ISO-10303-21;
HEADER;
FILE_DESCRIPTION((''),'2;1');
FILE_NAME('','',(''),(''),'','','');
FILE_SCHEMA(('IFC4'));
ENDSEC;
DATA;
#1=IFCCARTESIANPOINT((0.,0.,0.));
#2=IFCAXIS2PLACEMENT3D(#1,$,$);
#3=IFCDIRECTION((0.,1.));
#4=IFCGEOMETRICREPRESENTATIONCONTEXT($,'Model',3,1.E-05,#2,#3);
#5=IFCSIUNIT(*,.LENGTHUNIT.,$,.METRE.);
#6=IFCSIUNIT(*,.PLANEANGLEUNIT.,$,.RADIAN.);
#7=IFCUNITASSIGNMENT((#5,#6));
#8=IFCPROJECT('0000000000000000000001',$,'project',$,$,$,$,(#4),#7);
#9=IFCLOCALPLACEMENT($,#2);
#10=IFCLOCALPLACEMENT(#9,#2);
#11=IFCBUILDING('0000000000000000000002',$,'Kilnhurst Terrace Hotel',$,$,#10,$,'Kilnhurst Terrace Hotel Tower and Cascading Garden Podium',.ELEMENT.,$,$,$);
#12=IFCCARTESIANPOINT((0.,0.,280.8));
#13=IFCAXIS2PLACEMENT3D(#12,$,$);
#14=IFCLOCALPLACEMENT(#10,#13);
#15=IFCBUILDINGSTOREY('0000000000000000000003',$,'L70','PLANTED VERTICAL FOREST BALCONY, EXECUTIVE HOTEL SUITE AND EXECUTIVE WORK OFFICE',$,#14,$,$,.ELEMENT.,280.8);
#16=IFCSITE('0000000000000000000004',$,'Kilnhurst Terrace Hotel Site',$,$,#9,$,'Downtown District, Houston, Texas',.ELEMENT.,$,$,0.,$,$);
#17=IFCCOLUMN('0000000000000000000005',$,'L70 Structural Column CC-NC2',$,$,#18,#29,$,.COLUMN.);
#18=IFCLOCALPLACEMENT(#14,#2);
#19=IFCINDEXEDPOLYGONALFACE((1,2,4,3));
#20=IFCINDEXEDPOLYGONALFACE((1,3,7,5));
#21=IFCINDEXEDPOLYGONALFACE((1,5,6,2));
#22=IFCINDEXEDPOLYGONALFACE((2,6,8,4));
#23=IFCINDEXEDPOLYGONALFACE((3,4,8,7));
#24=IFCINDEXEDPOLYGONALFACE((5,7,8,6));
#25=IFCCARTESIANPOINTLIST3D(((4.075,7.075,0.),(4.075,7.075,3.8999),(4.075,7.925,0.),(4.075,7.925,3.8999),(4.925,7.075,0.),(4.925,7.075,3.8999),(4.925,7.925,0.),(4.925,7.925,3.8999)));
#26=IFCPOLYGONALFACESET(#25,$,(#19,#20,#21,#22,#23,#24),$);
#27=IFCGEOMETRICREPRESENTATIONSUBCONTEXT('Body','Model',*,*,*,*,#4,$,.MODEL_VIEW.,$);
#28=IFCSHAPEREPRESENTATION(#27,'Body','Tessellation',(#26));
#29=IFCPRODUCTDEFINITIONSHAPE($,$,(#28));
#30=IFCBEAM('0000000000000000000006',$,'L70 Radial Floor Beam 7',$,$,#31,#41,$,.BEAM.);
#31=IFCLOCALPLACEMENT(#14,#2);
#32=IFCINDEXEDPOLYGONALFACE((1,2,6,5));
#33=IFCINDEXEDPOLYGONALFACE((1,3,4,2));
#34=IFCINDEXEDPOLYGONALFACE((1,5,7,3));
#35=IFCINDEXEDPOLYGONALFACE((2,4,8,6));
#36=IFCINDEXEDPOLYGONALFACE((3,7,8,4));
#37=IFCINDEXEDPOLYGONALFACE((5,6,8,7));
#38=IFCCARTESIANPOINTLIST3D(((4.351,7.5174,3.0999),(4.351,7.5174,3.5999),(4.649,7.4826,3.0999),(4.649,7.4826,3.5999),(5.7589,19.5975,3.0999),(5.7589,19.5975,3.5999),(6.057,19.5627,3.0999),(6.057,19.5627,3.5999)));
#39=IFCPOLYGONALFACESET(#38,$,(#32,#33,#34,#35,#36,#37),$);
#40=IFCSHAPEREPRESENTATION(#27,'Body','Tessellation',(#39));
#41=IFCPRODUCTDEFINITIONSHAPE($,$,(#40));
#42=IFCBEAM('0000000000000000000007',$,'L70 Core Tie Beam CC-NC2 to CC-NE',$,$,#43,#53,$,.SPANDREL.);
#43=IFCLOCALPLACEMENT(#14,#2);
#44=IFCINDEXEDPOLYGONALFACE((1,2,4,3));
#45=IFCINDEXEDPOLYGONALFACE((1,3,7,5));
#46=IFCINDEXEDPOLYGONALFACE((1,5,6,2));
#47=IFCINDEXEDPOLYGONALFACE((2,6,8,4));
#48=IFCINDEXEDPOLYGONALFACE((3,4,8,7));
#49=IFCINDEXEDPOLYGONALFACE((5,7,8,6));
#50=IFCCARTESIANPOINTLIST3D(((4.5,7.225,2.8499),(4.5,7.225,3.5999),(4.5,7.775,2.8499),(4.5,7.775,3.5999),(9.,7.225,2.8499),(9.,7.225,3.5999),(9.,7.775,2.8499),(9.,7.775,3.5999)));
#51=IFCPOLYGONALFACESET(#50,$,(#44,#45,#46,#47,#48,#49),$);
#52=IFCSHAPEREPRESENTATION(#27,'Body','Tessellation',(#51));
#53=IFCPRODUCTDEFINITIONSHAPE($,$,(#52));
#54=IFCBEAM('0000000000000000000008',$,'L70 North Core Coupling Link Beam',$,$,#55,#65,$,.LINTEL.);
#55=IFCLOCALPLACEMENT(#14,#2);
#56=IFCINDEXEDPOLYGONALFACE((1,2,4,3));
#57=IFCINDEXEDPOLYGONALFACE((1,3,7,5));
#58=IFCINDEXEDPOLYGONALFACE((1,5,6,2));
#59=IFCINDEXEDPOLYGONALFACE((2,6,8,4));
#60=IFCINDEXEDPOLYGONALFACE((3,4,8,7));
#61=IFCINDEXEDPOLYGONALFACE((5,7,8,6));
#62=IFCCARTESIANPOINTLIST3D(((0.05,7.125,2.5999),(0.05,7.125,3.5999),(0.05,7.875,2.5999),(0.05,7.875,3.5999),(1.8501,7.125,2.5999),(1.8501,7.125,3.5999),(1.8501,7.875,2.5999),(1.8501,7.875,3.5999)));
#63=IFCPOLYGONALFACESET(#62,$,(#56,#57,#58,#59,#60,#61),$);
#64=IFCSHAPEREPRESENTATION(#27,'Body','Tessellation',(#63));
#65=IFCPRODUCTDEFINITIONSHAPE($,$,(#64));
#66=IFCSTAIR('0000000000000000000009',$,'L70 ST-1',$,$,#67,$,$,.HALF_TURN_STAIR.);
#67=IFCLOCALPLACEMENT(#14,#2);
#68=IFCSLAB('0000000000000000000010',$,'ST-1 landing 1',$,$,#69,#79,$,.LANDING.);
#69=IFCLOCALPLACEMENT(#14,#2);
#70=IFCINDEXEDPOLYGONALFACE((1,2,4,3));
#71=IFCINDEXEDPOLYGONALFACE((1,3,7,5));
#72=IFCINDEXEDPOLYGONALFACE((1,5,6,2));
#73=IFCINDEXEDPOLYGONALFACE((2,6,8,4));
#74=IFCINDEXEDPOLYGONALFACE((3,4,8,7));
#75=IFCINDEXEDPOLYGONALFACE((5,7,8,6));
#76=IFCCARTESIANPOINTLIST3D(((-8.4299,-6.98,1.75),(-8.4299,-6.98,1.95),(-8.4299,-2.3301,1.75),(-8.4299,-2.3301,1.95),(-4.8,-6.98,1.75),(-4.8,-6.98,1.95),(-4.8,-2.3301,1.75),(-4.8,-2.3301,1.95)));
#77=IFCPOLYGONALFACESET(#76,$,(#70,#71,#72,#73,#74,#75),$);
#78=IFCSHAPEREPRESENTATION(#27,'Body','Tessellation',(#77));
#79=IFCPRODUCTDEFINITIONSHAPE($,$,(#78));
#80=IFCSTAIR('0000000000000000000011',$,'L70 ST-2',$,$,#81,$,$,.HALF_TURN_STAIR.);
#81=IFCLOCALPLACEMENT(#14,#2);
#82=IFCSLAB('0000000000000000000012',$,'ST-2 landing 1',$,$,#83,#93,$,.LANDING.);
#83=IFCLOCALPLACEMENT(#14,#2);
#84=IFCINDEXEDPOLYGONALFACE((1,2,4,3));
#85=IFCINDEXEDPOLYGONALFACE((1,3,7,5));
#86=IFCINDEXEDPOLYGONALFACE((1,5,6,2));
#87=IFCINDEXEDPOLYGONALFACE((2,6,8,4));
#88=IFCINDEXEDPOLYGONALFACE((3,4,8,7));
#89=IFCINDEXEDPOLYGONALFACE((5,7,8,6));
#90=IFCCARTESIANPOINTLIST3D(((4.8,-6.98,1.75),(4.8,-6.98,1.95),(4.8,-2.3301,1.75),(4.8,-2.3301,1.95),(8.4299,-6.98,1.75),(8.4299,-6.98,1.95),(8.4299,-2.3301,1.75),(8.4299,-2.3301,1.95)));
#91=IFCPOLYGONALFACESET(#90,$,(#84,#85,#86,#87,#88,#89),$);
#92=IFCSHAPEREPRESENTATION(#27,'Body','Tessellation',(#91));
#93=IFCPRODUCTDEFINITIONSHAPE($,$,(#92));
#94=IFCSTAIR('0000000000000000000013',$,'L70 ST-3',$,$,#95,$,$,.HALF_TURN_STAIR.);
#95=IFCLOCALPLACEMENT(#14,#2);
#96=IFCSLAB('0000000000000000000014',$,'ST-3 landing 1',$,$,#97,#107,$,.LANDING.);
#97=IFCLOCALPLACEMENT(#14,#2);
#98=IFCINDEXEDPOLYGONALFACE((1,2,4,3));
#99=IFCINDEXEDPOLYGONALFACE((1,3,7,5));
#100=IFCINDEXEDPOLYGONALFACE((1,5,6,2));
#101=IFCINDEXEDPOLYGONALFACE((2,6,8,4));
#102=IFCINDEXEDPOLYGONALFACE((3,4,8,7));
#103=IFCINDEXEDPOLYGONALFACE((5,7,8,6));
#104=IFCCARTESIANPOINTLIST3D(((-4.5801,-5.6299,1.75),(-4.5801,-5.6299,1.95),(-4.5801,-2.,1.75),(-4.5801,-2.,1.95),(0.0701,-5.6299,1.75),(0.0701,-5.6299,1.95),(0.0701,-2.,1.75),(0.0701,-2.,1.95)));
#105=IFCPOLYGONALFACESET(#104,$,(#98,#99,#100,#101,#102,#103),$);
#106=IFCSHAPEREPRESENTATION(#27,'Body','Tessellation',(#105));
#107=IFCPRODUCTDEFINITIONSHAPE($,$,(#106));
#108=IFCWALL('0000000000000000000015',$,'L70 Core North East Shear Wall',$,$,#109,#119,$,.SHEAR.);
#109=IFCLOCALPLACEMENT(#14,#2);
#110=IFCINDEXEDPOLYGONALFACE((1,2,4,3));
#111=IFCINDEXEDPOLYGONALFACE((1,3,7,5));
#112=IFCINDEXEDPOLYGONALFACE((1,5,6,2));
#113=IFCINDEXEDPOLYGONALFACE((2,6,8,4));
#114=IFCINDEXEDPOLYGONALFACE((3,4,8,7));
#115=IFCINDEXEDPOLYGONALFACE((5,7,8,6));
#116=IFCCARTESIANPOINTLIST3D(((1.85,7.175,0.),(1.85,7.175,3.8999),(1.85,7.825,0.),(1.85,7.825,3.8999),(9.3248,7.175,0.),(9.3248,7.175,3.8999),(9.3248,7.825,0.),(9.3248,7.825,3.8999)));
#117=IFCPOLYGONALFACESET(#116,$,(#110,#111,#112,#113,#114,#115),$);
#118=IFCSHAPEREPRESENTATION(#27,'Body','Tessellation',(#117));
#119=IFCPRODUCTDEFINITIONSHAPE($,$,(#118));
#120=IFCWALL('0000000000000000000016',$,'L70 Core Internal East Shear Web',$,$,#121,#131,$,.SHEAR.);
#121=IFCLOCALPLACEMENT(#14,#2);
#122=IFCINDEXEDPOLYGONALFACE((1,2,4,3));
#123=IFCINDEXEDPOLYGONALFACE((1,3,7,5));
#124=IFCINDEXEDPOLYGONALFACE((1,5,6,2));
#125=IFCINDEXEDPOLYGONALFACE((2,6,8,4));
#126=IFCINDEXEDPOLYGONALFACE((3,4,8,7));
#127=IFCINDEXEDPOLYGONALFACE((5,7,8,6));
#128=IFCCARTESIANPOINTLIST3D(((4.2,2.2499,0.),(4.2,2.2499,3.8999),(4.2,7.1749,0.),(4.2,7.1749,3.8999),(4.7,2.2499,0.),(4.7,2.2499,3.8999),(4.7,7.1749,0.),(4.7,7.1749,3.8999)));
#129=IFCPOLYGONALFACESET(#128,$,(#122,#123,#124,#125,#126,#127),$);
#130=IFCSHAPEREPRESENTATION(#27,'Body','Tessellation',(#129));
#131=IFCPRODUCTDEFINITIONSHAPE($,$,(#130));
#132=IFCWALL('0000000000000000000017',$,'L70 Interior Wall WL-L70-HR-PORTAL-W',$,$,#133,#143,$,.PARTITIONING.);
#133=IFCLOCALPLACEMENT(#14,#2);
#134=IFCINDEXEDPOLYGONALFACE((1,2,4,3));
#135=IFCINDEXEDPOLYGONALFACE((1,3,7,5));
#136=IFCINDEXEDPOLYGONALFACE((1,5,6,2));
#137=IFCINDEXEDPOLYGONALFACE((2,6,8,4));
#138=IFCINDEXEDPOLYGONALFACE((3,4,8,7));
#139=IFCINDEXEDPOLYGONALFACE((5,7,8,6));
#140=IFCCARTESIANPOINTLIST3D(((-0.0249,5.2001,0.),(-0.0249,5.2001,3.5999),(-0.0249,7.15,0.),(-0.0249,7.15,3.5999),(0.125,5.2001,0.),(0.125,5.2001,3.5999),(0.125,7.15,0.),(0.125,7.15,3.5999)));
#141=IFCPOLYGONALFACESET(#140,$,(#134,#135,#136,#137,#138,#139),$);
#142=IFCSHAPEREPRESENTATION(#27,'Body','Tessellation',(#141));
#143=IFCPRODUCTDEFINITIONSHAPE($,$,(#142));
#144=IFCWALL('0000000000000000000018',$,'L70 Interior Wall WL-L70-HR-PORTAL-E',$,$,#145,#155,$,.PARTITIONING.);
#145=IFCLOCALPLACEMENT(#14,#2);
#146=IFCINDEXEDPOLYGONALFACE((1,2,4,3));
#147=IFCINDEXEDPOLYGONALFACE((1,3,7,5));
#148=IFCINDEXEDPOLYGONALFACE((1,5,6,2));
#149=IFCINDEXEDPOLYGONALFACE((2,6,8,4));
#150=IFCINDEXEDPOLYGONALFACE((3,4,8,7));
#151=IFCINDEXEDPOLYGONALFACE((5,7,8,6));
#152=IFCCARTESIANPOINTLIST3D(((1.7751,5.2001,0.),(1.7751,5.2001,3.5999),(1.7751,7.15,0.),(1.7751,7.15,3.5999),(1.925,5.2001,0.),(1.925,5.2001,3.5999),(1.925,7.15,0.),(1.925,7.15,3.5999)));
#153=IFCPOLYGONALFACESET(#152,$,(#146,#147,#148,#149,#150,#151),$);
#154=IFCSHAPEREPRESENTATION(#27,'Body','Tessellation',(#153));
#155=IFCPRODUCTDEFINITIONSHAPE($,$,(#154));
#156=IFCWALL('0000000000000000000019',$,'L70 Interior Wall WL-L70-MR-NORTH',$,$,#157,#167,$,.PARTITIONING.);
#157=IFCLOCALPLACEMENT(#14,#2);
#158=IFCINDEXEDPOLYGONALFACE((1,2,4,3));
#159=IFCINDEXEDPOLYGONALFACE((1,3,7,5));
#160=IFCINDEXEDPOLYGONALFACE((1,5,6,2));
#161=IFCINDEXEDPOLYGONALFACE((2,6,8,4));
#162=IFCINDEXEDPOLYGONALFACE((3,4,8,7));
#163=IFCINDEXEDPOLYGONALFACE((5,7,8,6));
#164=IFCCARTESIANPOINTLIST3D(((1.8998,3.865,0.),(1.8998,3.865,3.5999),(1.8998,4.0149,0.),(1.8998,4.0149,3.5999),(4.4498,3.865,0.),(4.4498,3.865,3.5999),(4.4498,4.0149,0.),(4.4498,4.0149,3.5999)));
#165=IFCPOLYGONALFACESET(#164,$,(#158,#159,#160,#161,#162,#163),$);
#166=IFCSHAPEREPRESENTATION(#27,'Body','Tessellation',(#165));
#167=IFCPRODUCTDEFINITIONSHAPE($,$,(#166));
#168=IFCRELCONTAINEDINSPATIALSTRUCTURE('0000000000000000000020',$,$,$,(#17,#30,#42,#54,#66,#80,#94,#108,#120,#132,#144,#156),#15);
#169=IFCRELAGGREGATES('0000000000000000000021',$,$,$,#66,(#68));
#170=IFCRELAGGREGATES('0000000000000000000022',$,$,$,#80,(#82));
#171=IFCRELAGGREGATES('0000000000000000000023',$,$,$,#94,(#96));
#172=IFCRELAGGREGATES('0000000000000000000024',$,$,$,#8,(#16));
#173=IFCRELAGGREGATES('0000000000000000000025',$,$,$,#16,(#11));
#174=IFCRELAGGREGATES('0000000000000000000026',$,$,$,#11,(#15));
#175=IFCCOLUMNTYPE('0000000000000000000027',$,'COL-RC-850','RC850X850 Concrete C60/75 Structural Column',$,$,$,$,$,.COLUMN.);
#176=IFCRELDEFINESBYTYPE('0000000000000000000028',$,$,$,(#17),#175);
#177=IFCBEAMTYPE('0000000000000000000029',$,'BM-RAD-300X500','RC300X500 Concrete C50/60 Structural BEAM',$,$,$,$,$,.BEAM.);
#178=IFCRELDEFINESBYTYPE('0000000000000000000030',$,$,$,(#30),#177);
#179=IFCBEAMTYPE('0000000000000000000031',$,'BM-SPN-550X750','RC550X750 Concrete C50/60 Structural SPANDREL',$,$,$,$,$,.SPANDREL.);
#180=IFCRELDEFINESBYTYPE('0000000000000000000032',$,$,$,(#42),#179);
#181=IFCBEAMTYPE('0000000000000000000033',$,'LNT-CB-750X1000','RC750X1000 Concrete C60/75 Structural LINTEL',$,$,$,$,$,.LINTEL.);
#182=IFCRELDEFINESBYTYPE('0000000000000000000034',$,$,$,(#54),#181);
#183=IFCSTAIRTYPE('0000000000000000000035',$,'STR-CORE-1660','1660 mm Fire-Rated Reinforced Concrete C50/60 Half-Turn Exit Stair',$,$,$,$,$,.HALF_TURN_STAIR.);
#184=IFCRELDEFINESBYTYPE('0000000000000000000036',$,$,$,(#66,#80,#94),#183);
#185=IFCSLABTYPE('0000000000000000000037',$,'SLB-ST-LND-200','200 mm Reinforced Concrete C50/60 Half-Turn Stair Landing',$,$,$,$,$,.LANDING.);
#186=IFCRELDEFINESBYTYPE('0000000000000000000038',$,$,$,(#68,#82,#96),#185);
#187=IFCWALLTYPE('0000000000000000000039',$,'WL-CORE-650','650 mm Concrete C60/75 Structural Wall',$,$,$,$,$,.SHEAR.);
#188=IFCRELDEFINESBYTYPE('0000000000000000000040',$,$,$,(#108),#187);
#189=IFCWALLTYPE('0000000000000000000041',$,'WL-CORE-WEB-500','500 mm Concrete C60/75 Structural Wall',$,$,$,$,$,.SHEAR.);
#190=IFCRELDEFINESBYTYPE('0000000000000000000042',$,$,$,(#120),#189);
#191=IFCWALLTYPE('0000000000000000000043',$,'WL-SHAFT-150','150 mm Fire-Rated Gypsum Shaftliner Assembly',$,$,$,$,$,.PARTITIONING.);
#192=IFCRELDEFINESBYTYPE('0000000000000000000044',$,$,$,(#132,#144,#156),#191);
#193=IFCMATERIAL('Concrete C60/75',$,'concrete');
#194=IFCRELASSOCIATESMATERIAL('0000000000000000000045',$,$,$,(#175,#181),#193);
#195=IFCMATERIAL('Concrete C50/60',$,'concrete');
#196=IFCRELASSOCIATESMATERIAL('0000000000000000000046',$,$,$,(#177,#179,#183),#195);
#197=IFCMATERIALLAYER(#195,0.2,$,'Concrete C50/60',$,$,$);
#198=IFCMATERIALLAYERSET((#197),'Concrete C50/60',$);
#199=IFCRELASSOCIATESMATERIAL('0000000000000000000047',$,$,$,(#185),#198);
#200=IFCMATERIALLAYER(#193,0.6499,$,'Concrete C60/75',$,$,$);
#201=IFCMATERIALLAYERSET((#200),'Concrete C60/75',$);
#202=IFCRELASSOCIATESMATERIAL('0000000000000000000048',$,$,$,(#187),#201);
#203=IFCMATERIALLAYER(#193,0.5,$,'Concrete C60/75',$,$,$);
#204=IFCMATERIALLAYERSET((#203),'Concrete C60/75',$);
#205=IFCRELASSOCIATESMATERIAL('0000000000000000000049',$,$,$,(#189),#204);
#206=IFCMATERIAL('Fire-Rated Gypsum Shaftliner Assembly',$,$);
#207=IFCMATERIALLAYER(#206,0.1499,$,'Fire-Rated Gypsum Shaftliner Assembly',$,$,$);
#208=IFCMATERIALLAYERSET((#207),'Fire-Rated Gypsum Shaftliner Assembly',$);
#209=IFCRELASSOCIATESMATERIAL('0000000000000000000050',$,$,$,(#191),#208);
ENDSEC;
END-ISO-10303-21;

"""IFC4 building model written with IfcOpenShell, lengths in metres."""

from ifc_helpers import new_model, si_unit, direction, frame, frame_2d, origin, origin_2d, place, context, subcontext, project, spatial, polyline, rectangle, outline, extrude, material, layer, layer_set, material_profile, profile_set, type_object, element, aggregate, save


model = new_model("IFC4")

# Units and contexts
model_context = context("Model", 3, precision=1e-05, world=origin(), true_north=direction((0.0, 1.0)))
body_context = subcontext(model_context, "Body", "Model", "MODEL_VIEW")
ifc_project = project(units=[si_unit("LENGTHUNIT", "METRE"), si_unit("PLANEANGLEUNIT", "RADIAN")], contexts=[model_context])

# Site, building, storey
site_placement = place(None, origin())
site = spatial("IfcSite", under=ifc_project, at=site_placement, Name="Kilnhurst Terrace Hotel Site", LongName="Downtown District, Houston, Texas", CompositionType="ELEMENT", RefElevation=0.0)
building_placement = place(site_placement, origin())
building = spatial("IfcBuilding", under=site, at=building_placement, Name="Kilnhurst Terrace Hotel", LongName="Kilnhurst Terrace Hotel Tower and Cascading Garden Podium", CompositionType="ELEMENT")
storey_placement = place(building_placement, frame((0.0, 0.0, 280.8)))
storey = spatial("IfcBuildingStorey", under=building, at=storey_placement, Name="L70", Description="PLANTED VERTICAL FOREST BALCONY, EXECUTIVE HOTEL SUITE AND EXECUTIVE WORK OFFICE", CompositionType="ELEMENT", Elevation=280.8)

# Column
ifc_material_1 = material(Name="Concrete C60/75", Category="concrete")
ifc_material_profile_1 = material_profile(ifc_material_1, rectangle(XDim=0.8501, YDim=0.8501, at=origin_2d()), Name="RC850X850")
ifc_profile_set_1 = profile_set([ifc_material_profile_1], Name="Concrete C60/75")
column_type = type_object("IfcColumnType", Name="COL-RC-850", Description="RC850X850 Concrete C60/75 Structural Column", PredefinedType="COLUMN", material=ifc_profile_set_1)
column_placement = place(storey_placement, frame((4.5, 7.5, 0.0), z_axis=(0.0, 0.0, 1.0), x_axis=(1.0, 0.0, 0.0)))
element("IfcColumn", 1, at=column_placement, inside=storey, type_object=column_type, Name="L70 Structural Column CC-NC2", PredefinedType="COLUMN", context=body_context, shape_type="SweptSolid", body=[
    extrude(rectangle(XDim=0.8501, YDim=0.8501, at=origin_2d()), origin(), (0.0, 0.0, 1.0), 3.8999),
])

# Beams
ifc_material_2 = material(Name="Concrete C50/60", Category="concrete")
ifc_material_profile_2 = material_profile(ifc_material_2, rectangle(XDim=0.3, YDim=0.5, at=origin_2d()), Name="RC300X500")
ifc_profile_set_2 = profile_set([ifc_material_profile_2], Name="Concrete C50/60")
beam_type_1 = type_object("IfcBeamType", Name="BM-RAD-300X500", Description="RC300X500 Concrete C50/60 Structural BEAM", PredefinedType="BEAM", material=ifc_profile_set_2)
beam_1_placement = place(storey_placement, frame((4.5, 7.5, 3.3499), z_axis=(0.115768, 0.993276, 0.0), x_axis=(-0.993276, 0.115768, 0.0)))
element("IfcBeam", 2, at=beam_1_placement, inside=storey, type_object=beam_type_1, Name="L70 Radial Floor Beam 7", PredefinedType="BEAM", context=body_context, shape_type="SweptSolid", body=[
    extrude(rectangle(XDim=0.3, YDim=0.5, at=origin_2d()), origin(), (0.0, 0.0, 1.0), 12.1619),
])
ifc_material_profile_3 = material_profile(ifc_material_2, rectangle(XDim=0.55, YDim=0.75, at=origin_2d()), Name="RC550X750")
ifc_profile_set_3 = profile_set([ifc_material_profile_3], Name="Concrete C50/60")
beam_type_2 = type_object("IfcBeamType", Name="BM-SPN-550X750", Description="RC550X750 Concrete C50/60 Structural SPANDREL", PredefinedType="SPANDREL", material=ifc_profile_set_3)
beam_2_placement = place(storey_placement, frame((4.5, 7.5, 3.2249), z_axis=(1.0, 0.0, 0.0), x_axis=(0.0, 1.0, 0.0)))
element("IfcBeam", 3, at=beam_2_placement, inside=storey, type_object=beam_type_2, Name="L70 Core Tie Beam CC-NC2 to CC-NE", PredefinedType="SPANDREL", context=body_context, shape_type="SweptSolid", body=[
    extrude(rectangle(XDim=0.55, YDim=0.75, at=origin_2d()), origin(), (0.0, 0.0, 1.0), 4.5),
])
ifc_material_profile_4 = material_profile(ifc_material_1, rectangle(XDim=0.75, YDim=1.0, at=origin_2d()), Name="RC750X1000")
ifc_profile_set_4 = profile_set([ifc_material_profile_4], Name="Concrete C60/75")
beam_type_3 = type_object("IfcBeamType", Name="LNT-CB-750X1000", Description="RC750X1000 Concrete C60/75 Structural LINTEL", PredefinedType="LINTEL", material=ifc_profile_set_4)
beam_3_placement = place(storey_placement, frame((0.05, 7.5, 3.0999), z_axis=(1.0, 0.0, 0.0), x_axis=(0.0, 1.0, 0.0)))
element("IfcBeam", 4, at=beam_3_placement, inside=storey, type_object=beam_type_3, Name="L70 North Core Coupling Link Beam", PredefinedType="LINTEL", context=body_context, shape_type="SweptSolid", body=[
    extrude(rectangle(XDim=0.75, YDim=1.0, at=origin_2d()), origin(), (0.0, 0.0, 1.0), 1.8),
])

# Stairs, slabs
stair_type = type_object("IfcStairType", Name="STR-CORE-1660", Description="1660 mm Fire-Rated Reinforced Concrete C50/60 Half-Turn Exit Stair", PredefinedType="HALF_TURN_STAIR", material=ifc_material_2)
stair_1_placement = place(storey_placement, origin())
stair_1 = element("IfcStair", 5, at=stair_1_placement, inside=storey, type_object=stair_type, Name="L70 ST-1", PredefinedType="HALF_TURN_STAIR")
ifc_layer_1 = layer(ifc_material_2, 0.2, Name="Concrete C50/60")
ifc_layer_set_1 = layer_set([ifc_layer_1], Name="Concrete C50/60")
slab_type = type_object("IfcSlabType", Name="SLB-ST-LND-200", Description="200 mm Reinforced Concrete C50/60 Half-Turn Stair Landing", PredefinedType="LANDING", material=ifc_layer_set_1)
slab_1_placement = place(storey_placement, frame((0.0, 0.0, 1.75)))
slab_1 = element("IfcSlab", 6, at=slab_1_placement, type_object=slab_type, Name="ST-1 landing 1", PredefinedType="LANDING", context=body_context, shape_type="SweptSolid", body=[
    extrude(outline(polyline([(-8.4299, -2.3301), (-4.8, -2.3301), (-4.8, -6.98), (-8.4299, -6.98), (-8.4299, -2.3301)])), origin(), (0.0, 0.0, 1.0), 0.2),
])
aggregate(stair_1, [slab_1])
stair_2_placement = place(storey_placement, origin())
stair_2 = element("IfcStair", 7, at=stair_2_placement, inside=storey, type_object=stair_type, Name="L70 ST-2", PredefinedType="HALF_TURN_STAIR")
slab_2_placement = place(storey_placement, frame((0.0, 0.0, 1.75)))
slab_2 = element("IfcSlab", 8, at=slab_2_placement, type_object=slab_type, Name="ST-2 landing 1", PredefinedType="LANDING", context=body_context, shape_type="SweptSolid", body=[
    extrude(outline(polyline([(4.8, -2.3301), (8.4299, -2.3301), (8.4299, -6.98), (4.8, -6.98), (4.8, -2.3301)])), origin(), (0.0, 0.0, 1.0), 0.2),
])
aggregate(stair_2, [slab_2])
stair_3_placement = place(storey_placement, origin())
stair_3 = element("IfcStair", 9, at=stair_3_placement, inside=storey, type_object=stair_type, Name="L70 ST-3", PredefinedType="HALF_TURN_STAIR")
slab_3_placement = place(storey_placement, frame((0.0, 0.0, 1.75)))
slab_3 = element("IfcSlab", 10, at=slab_3_placement, type_object=slab_type, Name="ST-3 landing 1", PredefinedType="LANDING", context=body_context, shape_type="SweptSolid", body=[
    extrude(outline(polyline([(0.0701, -2.0), (0.0701, -5.6299), (-4.5801, -5.6299), (-4.5801, -2.0), (0.0701, -2.0)])), origin(), (0.0, 0.0, 1.0), 0.2),
])
aggregate(stair_3, [slab_3])

# Walls
ifc_layer_2 = layer(ifc_material_1, 0.6499, Name="Concrete C60/75")
ifc_layer_set_2 = layer_set([ifc_layer_2], Name="Concrete C60/75")
wall_type_1 = type_object("IfcWallType", Name="WL-CORE-650", Description="650 mm Concrete C60/75 Structural Wall", PredefinedType="SHEAR", material=ifc_layer_set_2)
wall_1_placement = place(storey_placement, frame((1.8501, 7.5, 0.0), z_axis=(0.0, 0.0, 1.0), x_axis=(1.0, 0.0, 0.0)))
element("IfcWall", 11, at=wall_1_placement, inside=storey, type_object=wall_type_1, Name="L70 Core North East Shear Wall", PredefinedType="SHEAR", context=body_context, shape_type="SweptSolid", body=[
    extrude(rectangle(XDim=7.4749, YDim=0.6499, at=frame_2d((3.7373, 0.0))), origin(), (0.0, 0.0, 1.0), 3.8999),
])
ifc_layer_3 = layer(ifc_material_1, 0.5, Name="Concrete C60/75")
ifc_layer_set_3 = layer_set([ifc_layer_3], Name="Concrete C60/75")
wall_type_2 = type_object("IfcWallType", Name="WL-CORE-WEB-500", Description="500 mm Concrete C60/75 Structural Wall", PredefinedType="SHEAR", material=ifc_layer_set_3)
wall_2_placement = place(storey_placement, frame((4.45, 2.25, 0.0), z_axis=(0.0, 0.0, 1.0), x_axis=(0.0, 1.0, 0.0)))
element("IfcWall", 12, at=wall_2_placement, inside=storey, type_object=wall_type_2, Name="L70 Core Internal East Shear Web", PredefinedType="SHEAR", context=body_context, shape_type="SweptSolid", body=[
    extrude(rectangle(XDim=4.925, YDim=0.5, at=frame_2d((2.4624, 0.0))), origin(), (0.0, 0.0, 1.0), 3.8999),
])
ifc_material_3 = material(Name="Fire-Rated Gypsum Shaftliner Assembly")
ifc_layer_4 = layer(ifc_material_3, 0.1499, Name="Fire-Rated Gypsum Shaftliner Assembly")
ifc_layer_set_4 = layer_set([ifc_layer_4], Name="Fire-Rated Gypsum Shaftliner Assembly")
wall_type_3 = type_object("IfcWallType", Name="WL-SHAFT-150", Description="150 mm Fire-Rated Gypsum Shaftliner Assembly", PredefinedType="PARTITIONING", material=ifc_layer_set_4)
for number, where, z_axis, x_axis, name in (
    (13, (0.05, 5.2, 0.0), (0.0, 0.0, 1.0), (0.0, 1.0, 0.0), "L70 Interior Wall WL-L70-HR-PORTAL-W"),
    (14, (1.8501, 5.2, 0.0), (0.0, 0.0, 1.0), (0.0, 1.0, 0.0), "L70 Interior Wall WL-L70-HR-PORTAL-E"),
):
    element("IfcWall", number, at=place(storey_placement, frame(where, z_axis=z_axis, x_axis=x_axis)), inside=storey, type_object=wall_type_3, Name=name, PredefinedType="PARTITIONING", context=body_context, shape_type="SweptSolid", body=[
        extrude(rectangle(XDim=1.95, YDim=0.1499, at=frame_2d((0.9751, 0.0))), origin(), (0.0, 0.0, 1.0), 3.5999),
    ])
wall_3_placement = place(storey_placement, frame((1.8999, 3.9399, 0.0), z_axis=(0.0, 0.0, 1.0), x_axis=(1.0, 0.0, 0.0)))
element("IfcWall", 15, at=wall_3_placement, inside=storey, type_object=wall_type_3, Name="L70 Interior Wall WL-L70-MR-NORTH", PredefinedType="PARTITIONING", context=body_context, shape_type="SweptSolid", body=[
    extrude(rectangle(XDim=2.55, YDim=0.1499, at=frame_2d((1.2749, 0.0))), origin(), (0.0, 0.0, 1.0), 3.5999),
])

save(model, "model.ifc")
